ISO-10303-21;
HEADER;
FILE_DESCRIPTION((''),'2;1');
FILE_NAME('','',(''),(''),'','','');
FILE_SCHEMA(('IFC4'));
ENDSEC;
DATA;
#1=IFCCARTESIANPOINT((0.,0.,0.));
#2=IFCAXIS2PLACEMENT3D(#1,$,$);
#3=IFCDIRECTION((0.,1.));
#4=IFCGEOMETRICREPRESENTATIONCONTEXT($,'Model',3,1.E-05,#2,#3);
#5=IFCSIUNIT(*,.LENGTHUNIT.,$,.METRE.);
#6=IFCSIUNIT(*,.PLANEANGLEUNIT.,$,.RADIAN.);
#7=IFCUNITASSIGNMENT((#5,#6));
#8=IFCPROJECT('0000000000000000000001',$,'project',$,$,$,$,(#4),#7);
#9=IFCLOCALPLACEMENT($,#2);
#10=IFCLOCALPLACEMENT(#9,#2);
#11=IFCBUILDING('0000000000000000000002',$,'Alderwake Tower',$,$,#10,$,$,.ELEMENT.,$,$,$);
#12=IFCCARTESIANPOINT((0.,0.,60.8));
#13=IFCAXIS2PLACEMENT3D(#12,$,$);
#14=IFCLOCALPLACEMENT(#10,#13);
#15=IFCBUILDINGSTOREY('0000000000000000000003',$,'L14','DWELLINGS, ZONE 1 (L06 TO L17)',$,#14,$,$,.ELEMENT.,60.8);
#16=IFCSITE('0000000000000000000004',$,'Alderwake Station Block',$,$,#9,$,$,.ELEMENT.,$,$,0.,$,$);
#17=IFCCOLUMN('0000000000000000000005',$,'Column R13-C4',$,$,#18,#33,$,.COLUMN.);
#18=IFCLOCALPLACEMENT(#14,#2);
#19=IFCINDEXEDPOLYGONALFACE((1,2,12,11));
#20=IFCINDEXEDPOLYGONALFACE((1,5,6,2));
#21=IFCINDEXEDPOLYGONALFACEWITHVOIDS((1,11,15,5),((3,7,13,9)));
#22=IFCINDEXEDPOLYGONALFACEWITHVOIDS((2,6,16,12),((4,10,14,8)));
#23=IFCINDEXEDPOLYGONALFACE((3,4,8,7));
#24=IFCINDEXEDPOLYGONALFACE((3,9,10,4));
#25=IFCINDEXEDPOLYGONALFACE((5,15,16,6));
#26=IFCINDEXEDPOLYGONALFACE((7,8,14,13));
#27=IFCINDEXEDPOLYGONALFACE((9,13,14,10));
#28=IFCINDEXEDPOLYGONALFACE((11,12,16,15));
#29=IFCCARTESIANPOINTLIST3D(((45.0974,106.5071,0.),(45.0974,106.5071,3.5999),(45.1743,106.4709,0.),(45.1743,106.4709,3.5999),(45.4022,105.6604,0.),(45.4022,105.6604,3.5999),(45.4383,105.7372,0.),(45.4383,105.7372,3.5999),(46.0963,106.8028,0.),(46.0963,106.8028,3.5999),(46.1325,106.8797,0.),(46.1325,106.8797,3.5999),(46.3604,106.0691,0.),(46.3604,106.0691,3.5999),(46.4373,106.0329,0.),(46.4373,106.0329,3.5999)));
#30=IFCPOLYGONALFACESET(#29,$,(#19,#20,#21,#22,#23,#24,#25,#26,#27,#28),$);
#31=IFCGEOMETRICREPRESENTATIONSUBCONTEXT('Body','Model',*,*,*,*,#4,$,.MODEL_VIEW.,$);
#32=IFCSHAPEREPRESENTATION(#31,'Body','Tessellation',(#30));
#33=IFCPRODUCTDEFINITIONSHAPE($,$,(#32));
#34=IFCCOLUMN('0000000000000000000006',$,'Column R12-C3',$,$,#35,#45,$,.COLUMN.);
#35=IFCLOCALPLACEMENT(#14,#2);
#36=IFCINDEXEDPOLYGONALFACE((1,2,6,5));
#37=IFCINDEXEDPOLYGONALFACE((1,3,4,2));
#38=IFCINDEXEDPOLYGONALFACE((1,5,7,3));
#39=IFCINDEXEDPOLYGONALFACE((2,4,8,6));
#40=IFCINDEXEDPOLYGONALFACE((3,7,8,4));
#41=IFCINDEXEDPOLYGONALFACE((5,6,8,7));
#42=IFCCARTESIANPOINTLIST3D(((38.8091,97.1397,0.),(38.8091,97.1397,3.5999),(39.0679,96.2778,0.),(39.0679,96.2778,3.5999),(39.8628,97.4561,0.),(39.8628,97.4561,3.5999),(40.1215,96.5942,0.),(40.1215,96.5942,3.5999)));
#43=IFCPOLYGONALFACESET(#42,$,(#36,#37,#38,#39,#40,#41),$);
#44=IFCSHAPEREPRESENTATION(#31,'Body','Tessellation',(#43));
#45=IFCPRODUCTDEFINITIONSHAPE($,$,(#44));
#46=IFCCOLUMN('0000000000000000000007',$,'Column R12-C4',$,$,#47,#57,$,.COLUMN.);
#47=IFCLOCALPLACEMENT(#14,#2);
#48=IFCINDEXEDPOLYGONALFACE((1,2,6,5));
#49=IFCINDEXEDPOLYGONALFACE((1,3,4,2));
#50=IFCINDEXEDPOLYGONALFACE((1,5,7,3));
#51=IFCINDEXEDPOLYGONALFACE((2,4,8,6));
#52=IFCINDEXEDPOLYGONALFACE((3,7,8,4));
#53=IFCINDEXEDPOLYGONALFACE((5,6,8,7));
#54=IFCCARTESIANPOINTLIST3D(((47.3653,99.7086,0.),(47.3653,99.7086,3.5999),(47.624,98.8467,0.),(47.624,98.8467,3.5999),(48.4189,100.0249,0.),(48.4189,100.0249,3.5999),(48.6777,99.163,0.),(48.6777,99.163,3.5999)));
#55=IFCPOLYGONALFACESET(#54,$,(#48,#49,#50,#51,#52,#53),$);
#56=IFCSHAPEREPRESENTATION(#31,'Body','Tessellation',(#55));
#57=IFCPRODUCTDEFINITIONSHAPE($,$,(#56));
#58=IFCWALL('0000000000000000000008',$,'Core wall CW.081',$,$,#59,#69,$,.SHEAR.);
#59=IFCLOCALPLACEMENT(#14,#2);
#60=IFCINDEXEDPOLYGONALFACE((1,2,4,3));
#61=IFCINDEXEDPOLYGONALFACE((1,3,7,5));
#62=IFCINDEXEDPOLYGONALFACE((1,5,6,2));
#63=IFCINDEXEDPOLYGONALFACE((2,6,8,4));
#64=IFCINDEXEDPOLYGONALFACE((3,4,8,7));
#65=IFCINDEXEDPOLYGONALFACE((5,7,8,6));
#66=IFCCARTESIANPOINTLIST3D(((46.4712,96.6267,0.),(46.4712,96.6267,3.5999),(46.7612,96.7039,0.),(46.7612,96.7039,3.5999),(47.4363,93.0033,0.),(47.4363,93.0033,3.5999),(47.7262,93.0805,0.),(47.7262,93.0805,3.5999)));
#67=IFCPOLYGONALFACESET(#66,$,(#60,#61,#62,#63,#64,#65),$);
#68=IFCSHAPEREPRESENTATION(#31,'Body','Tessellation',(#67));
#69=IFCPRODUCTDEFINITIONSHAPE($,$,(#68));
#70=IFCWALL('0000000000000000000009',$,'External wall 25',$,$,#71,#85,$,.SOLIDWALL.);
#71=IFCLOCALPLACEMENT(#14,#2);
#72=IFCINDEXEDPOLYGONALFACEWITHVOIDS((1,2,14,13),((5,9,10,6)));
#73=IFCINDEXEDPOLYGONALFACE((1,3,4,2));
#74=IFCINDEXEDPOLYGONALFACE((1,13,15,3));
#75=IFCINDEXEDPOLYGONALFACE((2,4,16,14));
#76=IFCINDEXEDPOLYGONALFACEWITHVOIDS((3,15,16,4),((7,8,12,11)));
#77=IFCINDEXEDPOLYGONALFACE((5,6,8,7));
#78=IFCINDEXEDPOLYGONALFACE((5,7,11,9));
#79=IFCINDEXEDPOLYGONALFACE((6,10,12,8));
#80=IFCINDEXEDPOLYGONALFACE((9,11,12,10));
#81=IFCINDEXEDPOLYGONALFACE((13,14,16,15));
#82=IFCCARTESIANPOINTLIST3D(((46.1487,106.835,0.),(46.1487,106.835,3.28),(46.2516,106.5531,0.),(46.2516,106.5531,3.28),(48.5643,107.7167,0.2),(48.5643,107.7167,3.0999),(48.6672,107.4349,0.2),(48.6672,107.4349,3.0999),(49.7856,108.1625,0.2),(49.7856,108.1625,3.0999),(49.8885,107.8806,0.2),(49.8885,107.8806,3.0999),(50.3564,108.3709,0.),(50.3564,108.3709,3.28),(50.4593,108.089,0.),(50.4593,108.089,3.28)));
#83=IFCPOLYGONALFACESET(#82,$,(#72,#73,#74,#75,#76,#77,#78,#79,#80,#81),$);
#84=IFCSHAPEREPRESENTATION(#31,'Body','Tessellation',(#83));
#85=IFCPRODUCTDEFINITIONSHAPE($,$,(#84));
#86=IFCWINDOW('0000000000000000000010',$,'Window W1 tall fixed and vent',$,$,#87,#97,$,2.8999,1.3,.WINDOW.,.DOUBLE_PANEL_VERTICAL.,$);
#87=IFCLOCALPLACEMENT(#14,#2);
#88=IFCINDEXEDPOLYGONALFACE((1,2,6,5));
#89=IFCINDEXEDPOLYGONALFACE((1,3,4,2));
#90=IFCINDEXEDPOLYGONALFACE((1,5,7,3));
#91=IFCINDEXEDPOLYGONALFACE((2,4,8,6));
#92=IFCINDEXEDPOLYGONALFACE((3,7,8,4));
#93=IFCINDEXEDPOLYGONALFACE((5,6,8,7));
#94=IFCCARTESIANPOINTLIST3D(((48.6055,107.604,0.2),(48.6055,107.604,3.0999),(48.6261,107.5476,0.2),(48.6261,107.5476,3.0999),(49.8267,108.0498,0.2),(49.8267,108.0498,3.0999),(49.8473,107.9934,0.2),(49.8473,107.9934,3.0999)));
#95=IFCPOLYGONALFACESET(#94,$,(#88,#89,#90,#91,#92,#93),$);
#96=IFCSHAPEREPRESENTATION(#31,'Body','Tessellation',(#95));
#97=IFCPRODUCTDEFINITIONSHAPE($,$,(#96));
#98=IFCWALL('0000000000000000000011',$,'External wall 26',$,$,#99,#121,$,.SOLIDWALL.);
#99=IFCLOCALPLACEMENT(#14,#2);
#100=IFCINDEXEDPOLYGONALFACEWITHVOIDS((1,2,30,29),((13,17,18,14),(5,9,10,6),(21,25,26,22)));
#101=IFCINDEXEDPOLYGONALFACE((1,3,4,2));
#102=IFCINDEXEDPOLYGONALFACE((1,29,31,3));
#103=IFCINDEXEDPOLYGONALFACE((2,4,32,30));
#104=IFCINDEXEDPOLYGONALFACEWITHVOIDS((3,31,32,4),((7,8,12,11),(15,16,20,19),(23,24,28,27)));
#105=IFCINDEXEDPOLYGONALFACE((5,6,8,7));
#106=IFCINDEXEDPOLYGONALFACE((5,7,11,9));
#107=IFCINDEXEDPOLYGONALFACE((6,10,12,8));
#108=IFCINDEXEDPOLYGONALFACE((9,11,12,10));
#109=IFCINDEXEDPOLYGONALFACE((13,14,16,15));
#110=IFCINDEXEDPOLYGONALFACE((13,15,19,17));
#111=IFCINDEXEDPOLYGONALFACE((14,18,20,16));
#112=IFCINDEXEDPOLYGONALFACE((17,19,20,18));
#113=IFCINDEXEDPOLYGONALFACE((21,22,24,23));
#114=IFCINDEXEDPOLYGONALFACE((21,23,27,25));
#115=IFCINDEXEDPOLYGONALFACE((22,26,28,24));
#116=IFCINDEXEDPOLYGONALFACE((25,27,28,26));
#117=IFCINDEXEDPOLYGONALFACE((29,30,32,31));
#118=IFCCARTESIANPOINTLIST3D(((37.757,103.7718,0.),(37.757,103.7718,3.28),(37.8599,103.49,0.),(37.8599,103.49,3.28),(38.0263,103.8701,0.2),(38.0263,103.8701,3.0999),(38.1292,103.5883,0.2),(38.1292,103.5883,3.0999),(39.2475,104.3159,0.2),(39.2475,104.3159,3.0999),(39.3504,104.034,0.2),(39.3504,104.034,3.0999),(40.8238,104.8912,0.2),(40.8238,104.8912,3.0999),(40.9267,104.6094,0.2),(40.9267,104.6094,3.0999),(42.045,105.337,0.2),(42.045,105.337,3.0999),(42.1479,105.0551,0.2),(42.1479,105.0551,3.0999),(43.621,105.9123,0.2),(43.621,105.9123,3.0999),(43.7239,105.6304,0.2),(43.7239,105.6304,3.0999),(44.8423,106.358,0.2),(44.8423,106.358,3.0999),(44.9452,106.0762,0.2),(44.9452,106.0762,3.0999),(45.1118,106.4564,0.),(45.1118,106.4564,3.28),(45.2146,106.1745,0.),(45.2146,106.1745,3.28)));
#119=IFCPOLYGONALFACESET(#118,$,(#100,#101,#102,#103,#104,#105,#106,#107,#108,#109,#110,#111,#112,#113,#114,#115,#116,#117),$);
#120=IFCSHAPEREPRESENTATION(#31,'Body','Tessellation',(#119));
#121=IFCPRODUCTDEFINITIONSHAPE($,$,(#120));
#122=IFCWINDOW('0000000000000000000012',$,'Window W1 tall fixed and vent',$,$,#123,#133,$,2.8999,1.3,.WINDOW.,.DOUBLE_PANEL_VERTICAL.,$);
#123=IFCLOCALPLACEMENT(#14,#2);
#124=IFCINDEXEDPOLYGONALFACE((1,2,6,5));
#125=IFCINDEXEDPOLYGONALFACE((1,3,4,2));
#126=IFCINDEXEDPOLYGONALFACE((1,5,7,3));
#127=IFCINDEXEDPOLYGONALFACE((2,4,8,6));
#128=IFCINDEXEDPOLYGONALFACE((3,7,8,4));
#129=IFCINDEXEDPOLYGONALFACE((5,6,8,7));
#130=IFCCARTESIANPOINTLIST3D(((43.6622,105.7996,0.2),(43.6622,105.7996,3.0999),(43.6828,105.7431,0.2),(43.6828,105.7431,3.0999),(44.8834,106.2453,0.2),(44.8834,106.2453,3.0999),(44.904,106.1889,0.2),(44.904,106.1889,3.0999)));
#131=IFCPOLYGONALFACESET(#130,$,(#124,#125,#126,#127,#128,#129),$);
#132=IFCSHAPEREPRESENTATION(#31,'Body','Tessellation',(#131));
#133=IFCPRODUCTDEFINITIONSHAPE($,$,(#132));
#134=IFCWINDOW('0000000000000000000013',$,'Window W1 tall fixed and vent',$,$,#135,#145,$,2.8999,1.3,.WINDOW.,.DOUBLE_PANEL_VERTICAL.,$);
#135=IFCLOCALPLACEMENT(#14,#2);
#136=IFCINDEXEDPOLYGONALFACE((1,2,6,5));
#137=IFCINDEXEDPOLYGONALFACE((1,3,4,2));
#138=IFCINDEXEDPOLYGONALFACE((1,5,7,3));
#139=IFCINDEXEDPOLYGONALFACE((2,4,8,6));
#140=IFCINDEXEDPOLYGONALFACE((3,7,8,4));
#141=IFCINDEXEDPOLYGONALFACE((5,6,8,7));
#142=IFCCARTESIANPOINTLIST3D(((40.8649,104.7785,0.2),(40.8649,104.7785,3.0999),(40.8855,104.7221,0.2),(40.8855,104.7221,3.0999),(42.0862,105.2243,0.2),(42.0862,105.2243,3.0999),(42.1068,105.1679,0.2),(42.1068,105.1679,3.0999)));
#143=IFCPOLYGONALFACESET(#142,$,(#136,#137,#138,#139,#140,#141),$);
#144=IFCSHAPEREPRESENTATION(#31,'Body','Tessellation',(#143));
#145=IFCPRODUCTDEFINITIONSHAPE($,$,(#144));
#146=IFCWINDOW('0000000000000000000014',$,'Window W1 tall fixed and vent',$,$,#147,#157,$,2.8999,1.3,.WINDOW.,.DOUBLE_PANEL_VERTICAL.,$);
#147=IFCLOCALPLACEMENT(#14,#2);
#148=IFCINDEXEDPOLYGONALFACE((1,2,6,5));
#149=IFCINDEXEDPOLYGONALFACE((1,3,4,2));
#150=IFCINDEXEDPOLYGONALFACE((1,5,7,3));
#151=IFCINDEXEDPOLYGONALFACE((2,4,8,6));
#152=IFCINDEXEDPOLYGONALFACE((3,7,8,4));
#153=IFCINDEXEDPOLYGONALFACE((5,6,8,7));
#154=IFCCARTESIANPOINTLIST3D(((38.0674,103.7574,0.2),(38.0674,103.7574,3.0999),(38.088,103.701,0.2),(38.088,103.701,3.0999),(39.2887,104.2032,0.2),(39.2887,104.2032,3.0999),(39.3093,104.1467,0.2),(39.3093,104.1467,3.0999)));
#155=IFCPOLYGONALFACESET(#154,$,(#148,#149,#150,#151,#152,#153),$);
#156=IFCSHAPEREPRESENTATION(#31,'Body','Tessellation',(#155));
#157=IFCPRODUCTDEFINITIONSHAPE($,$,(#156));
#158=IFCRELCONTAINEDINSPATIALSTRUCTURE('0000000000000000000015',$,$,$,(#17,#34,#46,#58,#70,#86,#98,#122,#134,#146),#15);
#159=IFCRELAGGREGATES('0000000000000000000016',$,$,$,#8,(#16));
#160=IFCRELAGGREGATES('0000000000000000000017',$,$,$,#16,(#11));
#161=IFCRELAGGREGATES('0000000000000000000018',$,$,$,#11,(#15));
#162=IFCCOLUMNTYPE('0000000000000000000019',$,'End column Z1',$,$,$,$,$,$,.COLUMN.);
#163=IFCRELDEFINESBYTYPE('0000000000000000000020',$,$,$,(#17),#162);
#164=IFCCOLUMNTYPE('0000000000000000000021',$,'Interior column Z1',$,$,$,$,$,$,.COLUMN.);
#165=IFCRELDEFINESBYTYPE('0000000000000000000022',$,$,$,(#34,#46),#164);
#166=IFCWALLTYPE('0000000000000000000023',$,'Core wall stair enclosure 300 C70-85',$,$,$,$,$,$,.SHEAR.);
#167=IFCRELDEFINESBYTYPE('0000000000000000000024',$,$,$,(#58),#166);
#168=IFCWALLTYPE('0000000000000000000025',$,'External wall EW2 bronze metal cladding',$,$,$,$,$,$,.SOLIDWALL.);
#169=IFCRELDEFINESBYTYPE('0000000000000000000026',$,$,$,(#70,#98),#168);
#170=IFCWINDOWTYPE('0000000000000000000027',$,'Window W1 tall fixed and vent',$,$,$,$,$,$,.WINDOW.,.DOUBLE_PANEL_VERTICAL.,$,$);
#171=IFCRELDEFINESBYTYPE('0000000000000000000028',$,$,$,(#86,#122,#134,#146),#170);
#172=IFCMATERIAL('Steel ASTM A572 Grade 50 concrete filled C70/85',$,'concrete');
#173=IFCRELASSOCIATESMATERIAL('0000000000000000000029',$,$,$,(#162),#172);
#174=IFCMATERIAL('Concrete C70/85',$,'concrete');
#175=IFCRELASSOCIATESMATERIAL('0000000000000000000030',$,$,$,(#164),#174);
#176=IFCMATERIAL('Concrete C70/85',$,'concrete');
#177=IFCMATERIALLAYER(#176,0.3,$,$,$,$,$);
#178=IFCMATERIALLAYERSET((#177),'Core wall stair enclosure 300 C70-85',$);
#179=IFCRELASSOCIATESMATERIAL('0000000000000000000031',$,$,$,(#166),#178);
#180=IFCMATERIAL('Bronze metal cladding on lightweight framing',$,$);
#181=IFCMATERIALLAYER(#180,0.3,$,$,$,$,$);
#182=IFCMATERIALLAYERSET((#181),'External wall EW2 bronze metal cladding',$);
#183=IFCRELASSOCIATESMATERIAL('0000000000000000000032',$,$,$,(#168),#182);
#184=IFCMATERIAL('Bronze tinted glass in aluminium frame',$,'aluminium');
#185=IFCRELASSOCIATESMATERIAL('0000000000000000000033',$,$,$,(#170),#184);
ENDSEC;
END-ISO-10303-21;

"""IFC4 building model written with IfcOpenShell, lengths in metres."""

from ifc_helpers import new_model, si_unit, direction, frame, frame_2d, origin, origin_2d, place, context, subcontext, project, spatial, rectangle, hollow_rectangle, extrude, material, layer, layer_set, material_profile, profile_set, type_object, element, fill, save


model = new_model("IFC4")

# Units and contexts
model_context = context("Model", 3, precision=1e-05, world=origin(), true_north=direction((0.0, 1.0)))
body_context = subcontext(model_context, "Body", "Model", "MODEL_VIEW")
ifc_project = project(units=[si_unit("LENGTHUNIT", "METRE"), si_unit("PLANEANGLEUNIT", "RADIAN")], contexts=[model_context])

# Site, building, storey
site_placement = place(None, origin())
site = spatial("IfcSite", under=ifc_project, at=site_placement, Name="Alderwake Station Block", CompositionType="ELEMENT", RefElevation=0.0)
building_placement = place(site_placement, origin())
building = spatial("IfcBuilding", under=site, at=building_placement, Name="Alderwake Tower", CompositionType="ELEMENT")
storey_placement = place(building_placement, frame((0.0, 0.0, 60.8)))
storey = spatial("IfcBuildingStorey", under=building, at=storey_placement, Name="L14", Description="DWELLINGS, ZONE 1 (L06 TO L17)", CompositionType="ELEMENT", Elevation=60.8)

# Columns
ifc_material_1 = material(Name="Steel ASTM A572 Grade 50 concrete filled C70/85", Category="concrete")
ifc_material_profile_1 = material_profile(ifc_material_1, hollow_rectangle(XDim=0.8999, YDim=1.1001, WallThickness=0.0601, at=origin_2d()), Name="BOX 1100X900X60")
ifc_profile_set_1 = profile_set([ifc_material_profile_1], Name="Steel ASTM A572 Grade 50 concrete filled C70/85")
column_type_1 = type_object("IfcColumnType", Name="End column Z1", PredefinedType="COLUMN", material=ifc_profile_set_1)
column_placement = place(storey_placement, frame((45.7673, 106.27, 0.0), z_axis=(0.0, 0.0, 1.0), x_axis=(-0.338677, 0.940903, 0.0)))
element("IfcColumn", 1, at=column_placement, inside=storey, type_object=column_type_1, Name="Column R13-C4", PredefinedType="COLUMN", context=body_context, shape_type="SweptSolid", body=[
    extrude(hollow_rectangle(XDim=0.8999, YDim=1.1001, WallThickness=0.0601, at=origin_2d()), origin(), (0.0, 0.0, 1.0), 3.5999),
])
ifc_material_2 = material(Name="Concrete C70/85", Category="concrete")
ifc_material_profile_2 = material_profile(ifc_material_2, rectangle(XDim=0.8999, YDim=1.1001, at=origin_2d()), Name="RC 1100X900")
ifc_profile_set_2 = profile_set([ifc_material_profile_2], Name="Concrete C70/85")
column_type_2 = type_object("IfcColumnType", Name="Interior column Z1", PredefinedType="COLUMN", material=ifc_profile_set_2)
for number, where, z_axis, x_axis, name in (
    (2, (39.4653, 96.8669, 0.0), (0.0, 0.0, 1.0), (-0.287549, 0.957766, 0.0), "Column R12-C3"),
    (3, (48.0215, 99.4358, 0.0), (0.0, 0.0, 1.0), (-0.287549, 0.957766, 0.0), "Column R12-C4"),
):
    element("IfcColumn", number, at=place(storey_placement, frame(where, z_axis=z_axis, x_axis=x_axis)), inside=storey, type_object=column_type_2, Name=name, PredefinedType="COLUMN", context=body_context, shape_type="SweptSolid", body=[
        extrude(rectangle(XDim=0.8999, YDim=1.1001, at=origin_2d()), origin(), (0.0, 0.0, 1.0), 3.5999),
    ])

# Wall
ifc_material_3 = material(Name="Concrete C70/85", Category="concrete")
ifc_layer_1 = layer(ifc_material_3, 0.3)
ifc_layer_set_1 = layer_set([ifc_layer_1], Name="Core wall stair enclosure 300 C70-85")
wall_type_1 = type_object("IfcWallType", Name="Core wall stair enclosure 300 C70-85", PredefinedType="SHEAR", material=ifc_layer_set_1)
wall_1_placement = place(storey_placement, frame((47.5813, 93.0417, 0.0), z_axis=(0.0, 0.0, 1.0), x_axis=(-0.257367, 0.966314, 0.0)))
element("IfcWall", 4, at=wall_1_placement, inside=storey, type_object=wall_type_1, Name="Core wall CW.081", PredefinedType="SHEAR", context=body_context, shape_type="SweptSolid", body=[
    extrude(rectangle(XDim=3.7498, YDim=0.3, at=frame_2d((1.875, 0.0))), origin(), (0.0, 0.0, 1.0), 3.5999),
])

# Wall, opening, window
ifc_material_4 = material(Name="Bronze metal cladding on lightweight framing")
ifc_layer_2 = layer(ifc_material_4, 0.3)
ifc_layer_set_2 = layer_set([ifc_layer_2], Name="External wall EW2 bronze metal cladding")
wall_type_2 = type_object("IfcWallType", Name="External wall EW2 bronze metal cladding", PredefinedType="SOLIDWALL", material=ifc_layer_set_2)
wall_2_placement = place(storey_placement, frame((50.408, 108.23, 0.0), z_axis=(0.0, 0.0, 1.0), x_axis=(-0.939377, -0.342885, 0.0)))
wall_2 = element("IfcWall", 5, at=wall_2_placement, inside=storey, type_object=wall_type_2, Name="External wall 25", PredefinedType="SOLIDWALL", context=body_context, shape_type="SweptSolid", body=[
    extrude(rectangle(XDim=4.4792, YDim=0.3, at=frame_2d((2.2397, 0.0))), origin(), (0.0, 0.0, 1.0), 3.28),
])
opening_1_placement = place(wall_2_placement, frame((0.6079, 0.0, 0.2)))
opening_1 = element("IfcOpeningElement", 6, at=opening_1_placement, cuts=wall_2, PredefinedType="OPENING", context=body_context, shape_type="SweptSolid", body=[
    extrude(rectangle(XDim=1.3, YDim=2.8999, at=frame_2d((0.6499, 1.45))), frame((0.0, 0.1599, 0.0), z_axis=(0.0, -1.0, 0.0), x_axis=(1.0, 0.0, 0.0)), (0.0, 0.0, 1.0), 0.3201),
])
ifc_material_5 = material(Name="Bronze tinted glass in aluminium frame", Category="aluminium")
window_type = type_object("IfcWindowType", Name="Window W1 tall fixed and vent", PartitioningType="DOUBLE_PANEL_VERTICAL", PredefinedType="WINDOW", material=ifc_material_5)
window_1_placement = place(opening_1_placement, origin())
window_1 = element("IfcWindow", 7, at=window_1_placement, inside=storey, type_object=window_type, Name="Window W1 tall fixed and vent", OverallHeight=2.8999, OverallWidth=1.3, PartitioningType="DOUBLE_PANEL_VERTICAL", PredefinedType="WINDOW", context=body_context, shape_type="SweptSolid", body=[
    extrude(rectangle(XDim=1.3, YDim=2.8999, at=frame_2d((0.6499, 1.45))), frame((0.0, 0.03, 0.0), z_axis=(0.0, -1.0, 0.0), x_axis=(1.0, 0.0, 0.0)), (0.0, 0.0, 1.0), 0.0601),
])
fill(opening_1, window_1)

# Wall, openings, windows
wall_3_placement = place(storey_placement, frame((45.1631, 106.3154, 0.0), z_axis=(0.0, 0.0, 1.0), x_axis=(-0.939378, -0.342885, 0.0)))
wall_3 = element("IfcWall", 8, at=wall_3_placement, inside=storey, type_object=wall_type_2, Name="External wall 26", PredefinedType="SOLIDWALL", context=body_context, shape_type="SweptSolid", body=[
    extrude(rectangle(XDim=7.8293, YDim=0.3, at=frame_2d((3.9146, 0.0))), origin(), (0.0, 0.0, 1.0), 3.28),
])
opening_2_placement = place(wall_3_placement, frame((0.2869, 0.0, 0.2)))
opening_2 = element("IfcOpeningElement", 9, at=opening_2_placement, cuts=wall_3, PredefinedType="OPENING", context=body_context, shape_type="SweptSolid", body=[
    extrude(rectangle(XDim=1.3, YDim=2.8999, at=frame_2d((0.6499, 1.45))), frame((0.0, 0.1599, 0.0), z_axis=(0.0, -1.0, 0.0), x_axis=(1.0, 0.0, 0.0)), (0.0, 0.0, 1.0), 0.3201),
])
opening_3_placement = place(wall_3_placement, frame((3.2646, 0.0, 0.2)))
opening_3 = element("IfcOpeningElement", 10, at=opening_3_placement, cuts=wall_3, PredefinedType="OPENING", context=body_context, shape_type="SweptSolid", body=[
    extrude(rectangle(XDim=1.3, YDim=2.8999, at=frame_2d((0.6499, 1.45))), frame((0.0, 0.1599, 0.0), z_axis=(0.0, -1.0, 0.0), x_axis=(1.0, 0.0, 0.0)), (0.0, 0.0, 1.0), 0.3201),
])
opening_4_placement = place(wall_3_placement, frame((6.2427, 0.0, 0.2)))
opening_4 = element("IfcOpeningElement", 11, at=opening_4_placement, cuts=wall_3, PredefinedType="OPENING", context=body_context, shape_type="SweptSolid", body=[
    extrude(rectangle(XDim=1.3, YDim=2.8999, at=frame_2d((0.6499, 1.45))), frame((0.0, 0.1599, 0.0), z_axis=(0.0, -1.0, 0.0), x_axis=(1.0, 0.0, 0.0)), (0.0, 0.0, 1.0), 0.3201),
])
window_2_placement = place(opening_2_placement, origin())
window_2 = element("IfcWindow", 12, at=window_2_placement, inside=storey, type_object=window_type, Name="Window W1 tall fixed and vent", OverallHeight=2.8999, OverallWidth=1.3, PartitioningType="DOUBLE_PANEL_VERTICAL", PredefinedType="WINDOW", context=body_context, shape_type="SweptSolid", body=[
    extrude(rectangle(XDim=1.3, YDim=2.8999, at=frame_2d((0.6499, 1.45))), frame((0.0, 0.03, 0.0), z_axis=(0.0, -1.0, 0.0), x_axis=(1.0, 0.0, 0.0)), (0.0, 0.0, 1.0), 0.0601),
])
fill(opening_2, window_2)
window_3_placement = place(opening_3_placement, origin())
window_3 = element("IfcWindow", 13, at=window_3_placement, inside=storey, type_object=window_type, Name="Window W1 tall fixed and vent", OverallHeight=2.8999, OverallWidth=1.3, PartitioningType="DOUBLE_PANEL_VERTICAL", PredefinedType="WINDOW", context=body_context, shape_type="SweptSolid", body=[
    extrude(rectangle(XDim=1.3, YDim=2.8999, at=frame_2d((0.6499, 1.45))), frame((0.0, 0.03, 0.0), z_axis=(0.0, -1.0, 0.0), x_axis=(1.0, 0.0, 0.0)), (0.0, 0.0, 1.0), 0.0601),
])
fill(opening_3, window_3)
window_4_placement = place(opening_4_placement, origin())
window_4 = element("IfcWindow", 14, at=window_4_placement, inside=storey, type_object=window_type, Name="Window W1 tall fixed and vent", OverallHeight=2.8999, OverallWidth=1.3, PartitioningType="DOUBLE_PANEL_VERTICAL", PredefinedType="WINDOW", context=body_context, shape_type="SweptSolid", body=[
    extrude(rectangle(XDim=1.3, YDim=2.8999, at=frame_2d((0.6499, 1.45))), frame((0.0, 0.03, 0.0), z_axis=(0.0, -1.0, 0.0), x_axis=(1.0, 0.0, 0.0)), (0.0, 0.0, 1.0), 0.0601),
])
fill(opening_4, window_4)

save(model, "model.ifc")
